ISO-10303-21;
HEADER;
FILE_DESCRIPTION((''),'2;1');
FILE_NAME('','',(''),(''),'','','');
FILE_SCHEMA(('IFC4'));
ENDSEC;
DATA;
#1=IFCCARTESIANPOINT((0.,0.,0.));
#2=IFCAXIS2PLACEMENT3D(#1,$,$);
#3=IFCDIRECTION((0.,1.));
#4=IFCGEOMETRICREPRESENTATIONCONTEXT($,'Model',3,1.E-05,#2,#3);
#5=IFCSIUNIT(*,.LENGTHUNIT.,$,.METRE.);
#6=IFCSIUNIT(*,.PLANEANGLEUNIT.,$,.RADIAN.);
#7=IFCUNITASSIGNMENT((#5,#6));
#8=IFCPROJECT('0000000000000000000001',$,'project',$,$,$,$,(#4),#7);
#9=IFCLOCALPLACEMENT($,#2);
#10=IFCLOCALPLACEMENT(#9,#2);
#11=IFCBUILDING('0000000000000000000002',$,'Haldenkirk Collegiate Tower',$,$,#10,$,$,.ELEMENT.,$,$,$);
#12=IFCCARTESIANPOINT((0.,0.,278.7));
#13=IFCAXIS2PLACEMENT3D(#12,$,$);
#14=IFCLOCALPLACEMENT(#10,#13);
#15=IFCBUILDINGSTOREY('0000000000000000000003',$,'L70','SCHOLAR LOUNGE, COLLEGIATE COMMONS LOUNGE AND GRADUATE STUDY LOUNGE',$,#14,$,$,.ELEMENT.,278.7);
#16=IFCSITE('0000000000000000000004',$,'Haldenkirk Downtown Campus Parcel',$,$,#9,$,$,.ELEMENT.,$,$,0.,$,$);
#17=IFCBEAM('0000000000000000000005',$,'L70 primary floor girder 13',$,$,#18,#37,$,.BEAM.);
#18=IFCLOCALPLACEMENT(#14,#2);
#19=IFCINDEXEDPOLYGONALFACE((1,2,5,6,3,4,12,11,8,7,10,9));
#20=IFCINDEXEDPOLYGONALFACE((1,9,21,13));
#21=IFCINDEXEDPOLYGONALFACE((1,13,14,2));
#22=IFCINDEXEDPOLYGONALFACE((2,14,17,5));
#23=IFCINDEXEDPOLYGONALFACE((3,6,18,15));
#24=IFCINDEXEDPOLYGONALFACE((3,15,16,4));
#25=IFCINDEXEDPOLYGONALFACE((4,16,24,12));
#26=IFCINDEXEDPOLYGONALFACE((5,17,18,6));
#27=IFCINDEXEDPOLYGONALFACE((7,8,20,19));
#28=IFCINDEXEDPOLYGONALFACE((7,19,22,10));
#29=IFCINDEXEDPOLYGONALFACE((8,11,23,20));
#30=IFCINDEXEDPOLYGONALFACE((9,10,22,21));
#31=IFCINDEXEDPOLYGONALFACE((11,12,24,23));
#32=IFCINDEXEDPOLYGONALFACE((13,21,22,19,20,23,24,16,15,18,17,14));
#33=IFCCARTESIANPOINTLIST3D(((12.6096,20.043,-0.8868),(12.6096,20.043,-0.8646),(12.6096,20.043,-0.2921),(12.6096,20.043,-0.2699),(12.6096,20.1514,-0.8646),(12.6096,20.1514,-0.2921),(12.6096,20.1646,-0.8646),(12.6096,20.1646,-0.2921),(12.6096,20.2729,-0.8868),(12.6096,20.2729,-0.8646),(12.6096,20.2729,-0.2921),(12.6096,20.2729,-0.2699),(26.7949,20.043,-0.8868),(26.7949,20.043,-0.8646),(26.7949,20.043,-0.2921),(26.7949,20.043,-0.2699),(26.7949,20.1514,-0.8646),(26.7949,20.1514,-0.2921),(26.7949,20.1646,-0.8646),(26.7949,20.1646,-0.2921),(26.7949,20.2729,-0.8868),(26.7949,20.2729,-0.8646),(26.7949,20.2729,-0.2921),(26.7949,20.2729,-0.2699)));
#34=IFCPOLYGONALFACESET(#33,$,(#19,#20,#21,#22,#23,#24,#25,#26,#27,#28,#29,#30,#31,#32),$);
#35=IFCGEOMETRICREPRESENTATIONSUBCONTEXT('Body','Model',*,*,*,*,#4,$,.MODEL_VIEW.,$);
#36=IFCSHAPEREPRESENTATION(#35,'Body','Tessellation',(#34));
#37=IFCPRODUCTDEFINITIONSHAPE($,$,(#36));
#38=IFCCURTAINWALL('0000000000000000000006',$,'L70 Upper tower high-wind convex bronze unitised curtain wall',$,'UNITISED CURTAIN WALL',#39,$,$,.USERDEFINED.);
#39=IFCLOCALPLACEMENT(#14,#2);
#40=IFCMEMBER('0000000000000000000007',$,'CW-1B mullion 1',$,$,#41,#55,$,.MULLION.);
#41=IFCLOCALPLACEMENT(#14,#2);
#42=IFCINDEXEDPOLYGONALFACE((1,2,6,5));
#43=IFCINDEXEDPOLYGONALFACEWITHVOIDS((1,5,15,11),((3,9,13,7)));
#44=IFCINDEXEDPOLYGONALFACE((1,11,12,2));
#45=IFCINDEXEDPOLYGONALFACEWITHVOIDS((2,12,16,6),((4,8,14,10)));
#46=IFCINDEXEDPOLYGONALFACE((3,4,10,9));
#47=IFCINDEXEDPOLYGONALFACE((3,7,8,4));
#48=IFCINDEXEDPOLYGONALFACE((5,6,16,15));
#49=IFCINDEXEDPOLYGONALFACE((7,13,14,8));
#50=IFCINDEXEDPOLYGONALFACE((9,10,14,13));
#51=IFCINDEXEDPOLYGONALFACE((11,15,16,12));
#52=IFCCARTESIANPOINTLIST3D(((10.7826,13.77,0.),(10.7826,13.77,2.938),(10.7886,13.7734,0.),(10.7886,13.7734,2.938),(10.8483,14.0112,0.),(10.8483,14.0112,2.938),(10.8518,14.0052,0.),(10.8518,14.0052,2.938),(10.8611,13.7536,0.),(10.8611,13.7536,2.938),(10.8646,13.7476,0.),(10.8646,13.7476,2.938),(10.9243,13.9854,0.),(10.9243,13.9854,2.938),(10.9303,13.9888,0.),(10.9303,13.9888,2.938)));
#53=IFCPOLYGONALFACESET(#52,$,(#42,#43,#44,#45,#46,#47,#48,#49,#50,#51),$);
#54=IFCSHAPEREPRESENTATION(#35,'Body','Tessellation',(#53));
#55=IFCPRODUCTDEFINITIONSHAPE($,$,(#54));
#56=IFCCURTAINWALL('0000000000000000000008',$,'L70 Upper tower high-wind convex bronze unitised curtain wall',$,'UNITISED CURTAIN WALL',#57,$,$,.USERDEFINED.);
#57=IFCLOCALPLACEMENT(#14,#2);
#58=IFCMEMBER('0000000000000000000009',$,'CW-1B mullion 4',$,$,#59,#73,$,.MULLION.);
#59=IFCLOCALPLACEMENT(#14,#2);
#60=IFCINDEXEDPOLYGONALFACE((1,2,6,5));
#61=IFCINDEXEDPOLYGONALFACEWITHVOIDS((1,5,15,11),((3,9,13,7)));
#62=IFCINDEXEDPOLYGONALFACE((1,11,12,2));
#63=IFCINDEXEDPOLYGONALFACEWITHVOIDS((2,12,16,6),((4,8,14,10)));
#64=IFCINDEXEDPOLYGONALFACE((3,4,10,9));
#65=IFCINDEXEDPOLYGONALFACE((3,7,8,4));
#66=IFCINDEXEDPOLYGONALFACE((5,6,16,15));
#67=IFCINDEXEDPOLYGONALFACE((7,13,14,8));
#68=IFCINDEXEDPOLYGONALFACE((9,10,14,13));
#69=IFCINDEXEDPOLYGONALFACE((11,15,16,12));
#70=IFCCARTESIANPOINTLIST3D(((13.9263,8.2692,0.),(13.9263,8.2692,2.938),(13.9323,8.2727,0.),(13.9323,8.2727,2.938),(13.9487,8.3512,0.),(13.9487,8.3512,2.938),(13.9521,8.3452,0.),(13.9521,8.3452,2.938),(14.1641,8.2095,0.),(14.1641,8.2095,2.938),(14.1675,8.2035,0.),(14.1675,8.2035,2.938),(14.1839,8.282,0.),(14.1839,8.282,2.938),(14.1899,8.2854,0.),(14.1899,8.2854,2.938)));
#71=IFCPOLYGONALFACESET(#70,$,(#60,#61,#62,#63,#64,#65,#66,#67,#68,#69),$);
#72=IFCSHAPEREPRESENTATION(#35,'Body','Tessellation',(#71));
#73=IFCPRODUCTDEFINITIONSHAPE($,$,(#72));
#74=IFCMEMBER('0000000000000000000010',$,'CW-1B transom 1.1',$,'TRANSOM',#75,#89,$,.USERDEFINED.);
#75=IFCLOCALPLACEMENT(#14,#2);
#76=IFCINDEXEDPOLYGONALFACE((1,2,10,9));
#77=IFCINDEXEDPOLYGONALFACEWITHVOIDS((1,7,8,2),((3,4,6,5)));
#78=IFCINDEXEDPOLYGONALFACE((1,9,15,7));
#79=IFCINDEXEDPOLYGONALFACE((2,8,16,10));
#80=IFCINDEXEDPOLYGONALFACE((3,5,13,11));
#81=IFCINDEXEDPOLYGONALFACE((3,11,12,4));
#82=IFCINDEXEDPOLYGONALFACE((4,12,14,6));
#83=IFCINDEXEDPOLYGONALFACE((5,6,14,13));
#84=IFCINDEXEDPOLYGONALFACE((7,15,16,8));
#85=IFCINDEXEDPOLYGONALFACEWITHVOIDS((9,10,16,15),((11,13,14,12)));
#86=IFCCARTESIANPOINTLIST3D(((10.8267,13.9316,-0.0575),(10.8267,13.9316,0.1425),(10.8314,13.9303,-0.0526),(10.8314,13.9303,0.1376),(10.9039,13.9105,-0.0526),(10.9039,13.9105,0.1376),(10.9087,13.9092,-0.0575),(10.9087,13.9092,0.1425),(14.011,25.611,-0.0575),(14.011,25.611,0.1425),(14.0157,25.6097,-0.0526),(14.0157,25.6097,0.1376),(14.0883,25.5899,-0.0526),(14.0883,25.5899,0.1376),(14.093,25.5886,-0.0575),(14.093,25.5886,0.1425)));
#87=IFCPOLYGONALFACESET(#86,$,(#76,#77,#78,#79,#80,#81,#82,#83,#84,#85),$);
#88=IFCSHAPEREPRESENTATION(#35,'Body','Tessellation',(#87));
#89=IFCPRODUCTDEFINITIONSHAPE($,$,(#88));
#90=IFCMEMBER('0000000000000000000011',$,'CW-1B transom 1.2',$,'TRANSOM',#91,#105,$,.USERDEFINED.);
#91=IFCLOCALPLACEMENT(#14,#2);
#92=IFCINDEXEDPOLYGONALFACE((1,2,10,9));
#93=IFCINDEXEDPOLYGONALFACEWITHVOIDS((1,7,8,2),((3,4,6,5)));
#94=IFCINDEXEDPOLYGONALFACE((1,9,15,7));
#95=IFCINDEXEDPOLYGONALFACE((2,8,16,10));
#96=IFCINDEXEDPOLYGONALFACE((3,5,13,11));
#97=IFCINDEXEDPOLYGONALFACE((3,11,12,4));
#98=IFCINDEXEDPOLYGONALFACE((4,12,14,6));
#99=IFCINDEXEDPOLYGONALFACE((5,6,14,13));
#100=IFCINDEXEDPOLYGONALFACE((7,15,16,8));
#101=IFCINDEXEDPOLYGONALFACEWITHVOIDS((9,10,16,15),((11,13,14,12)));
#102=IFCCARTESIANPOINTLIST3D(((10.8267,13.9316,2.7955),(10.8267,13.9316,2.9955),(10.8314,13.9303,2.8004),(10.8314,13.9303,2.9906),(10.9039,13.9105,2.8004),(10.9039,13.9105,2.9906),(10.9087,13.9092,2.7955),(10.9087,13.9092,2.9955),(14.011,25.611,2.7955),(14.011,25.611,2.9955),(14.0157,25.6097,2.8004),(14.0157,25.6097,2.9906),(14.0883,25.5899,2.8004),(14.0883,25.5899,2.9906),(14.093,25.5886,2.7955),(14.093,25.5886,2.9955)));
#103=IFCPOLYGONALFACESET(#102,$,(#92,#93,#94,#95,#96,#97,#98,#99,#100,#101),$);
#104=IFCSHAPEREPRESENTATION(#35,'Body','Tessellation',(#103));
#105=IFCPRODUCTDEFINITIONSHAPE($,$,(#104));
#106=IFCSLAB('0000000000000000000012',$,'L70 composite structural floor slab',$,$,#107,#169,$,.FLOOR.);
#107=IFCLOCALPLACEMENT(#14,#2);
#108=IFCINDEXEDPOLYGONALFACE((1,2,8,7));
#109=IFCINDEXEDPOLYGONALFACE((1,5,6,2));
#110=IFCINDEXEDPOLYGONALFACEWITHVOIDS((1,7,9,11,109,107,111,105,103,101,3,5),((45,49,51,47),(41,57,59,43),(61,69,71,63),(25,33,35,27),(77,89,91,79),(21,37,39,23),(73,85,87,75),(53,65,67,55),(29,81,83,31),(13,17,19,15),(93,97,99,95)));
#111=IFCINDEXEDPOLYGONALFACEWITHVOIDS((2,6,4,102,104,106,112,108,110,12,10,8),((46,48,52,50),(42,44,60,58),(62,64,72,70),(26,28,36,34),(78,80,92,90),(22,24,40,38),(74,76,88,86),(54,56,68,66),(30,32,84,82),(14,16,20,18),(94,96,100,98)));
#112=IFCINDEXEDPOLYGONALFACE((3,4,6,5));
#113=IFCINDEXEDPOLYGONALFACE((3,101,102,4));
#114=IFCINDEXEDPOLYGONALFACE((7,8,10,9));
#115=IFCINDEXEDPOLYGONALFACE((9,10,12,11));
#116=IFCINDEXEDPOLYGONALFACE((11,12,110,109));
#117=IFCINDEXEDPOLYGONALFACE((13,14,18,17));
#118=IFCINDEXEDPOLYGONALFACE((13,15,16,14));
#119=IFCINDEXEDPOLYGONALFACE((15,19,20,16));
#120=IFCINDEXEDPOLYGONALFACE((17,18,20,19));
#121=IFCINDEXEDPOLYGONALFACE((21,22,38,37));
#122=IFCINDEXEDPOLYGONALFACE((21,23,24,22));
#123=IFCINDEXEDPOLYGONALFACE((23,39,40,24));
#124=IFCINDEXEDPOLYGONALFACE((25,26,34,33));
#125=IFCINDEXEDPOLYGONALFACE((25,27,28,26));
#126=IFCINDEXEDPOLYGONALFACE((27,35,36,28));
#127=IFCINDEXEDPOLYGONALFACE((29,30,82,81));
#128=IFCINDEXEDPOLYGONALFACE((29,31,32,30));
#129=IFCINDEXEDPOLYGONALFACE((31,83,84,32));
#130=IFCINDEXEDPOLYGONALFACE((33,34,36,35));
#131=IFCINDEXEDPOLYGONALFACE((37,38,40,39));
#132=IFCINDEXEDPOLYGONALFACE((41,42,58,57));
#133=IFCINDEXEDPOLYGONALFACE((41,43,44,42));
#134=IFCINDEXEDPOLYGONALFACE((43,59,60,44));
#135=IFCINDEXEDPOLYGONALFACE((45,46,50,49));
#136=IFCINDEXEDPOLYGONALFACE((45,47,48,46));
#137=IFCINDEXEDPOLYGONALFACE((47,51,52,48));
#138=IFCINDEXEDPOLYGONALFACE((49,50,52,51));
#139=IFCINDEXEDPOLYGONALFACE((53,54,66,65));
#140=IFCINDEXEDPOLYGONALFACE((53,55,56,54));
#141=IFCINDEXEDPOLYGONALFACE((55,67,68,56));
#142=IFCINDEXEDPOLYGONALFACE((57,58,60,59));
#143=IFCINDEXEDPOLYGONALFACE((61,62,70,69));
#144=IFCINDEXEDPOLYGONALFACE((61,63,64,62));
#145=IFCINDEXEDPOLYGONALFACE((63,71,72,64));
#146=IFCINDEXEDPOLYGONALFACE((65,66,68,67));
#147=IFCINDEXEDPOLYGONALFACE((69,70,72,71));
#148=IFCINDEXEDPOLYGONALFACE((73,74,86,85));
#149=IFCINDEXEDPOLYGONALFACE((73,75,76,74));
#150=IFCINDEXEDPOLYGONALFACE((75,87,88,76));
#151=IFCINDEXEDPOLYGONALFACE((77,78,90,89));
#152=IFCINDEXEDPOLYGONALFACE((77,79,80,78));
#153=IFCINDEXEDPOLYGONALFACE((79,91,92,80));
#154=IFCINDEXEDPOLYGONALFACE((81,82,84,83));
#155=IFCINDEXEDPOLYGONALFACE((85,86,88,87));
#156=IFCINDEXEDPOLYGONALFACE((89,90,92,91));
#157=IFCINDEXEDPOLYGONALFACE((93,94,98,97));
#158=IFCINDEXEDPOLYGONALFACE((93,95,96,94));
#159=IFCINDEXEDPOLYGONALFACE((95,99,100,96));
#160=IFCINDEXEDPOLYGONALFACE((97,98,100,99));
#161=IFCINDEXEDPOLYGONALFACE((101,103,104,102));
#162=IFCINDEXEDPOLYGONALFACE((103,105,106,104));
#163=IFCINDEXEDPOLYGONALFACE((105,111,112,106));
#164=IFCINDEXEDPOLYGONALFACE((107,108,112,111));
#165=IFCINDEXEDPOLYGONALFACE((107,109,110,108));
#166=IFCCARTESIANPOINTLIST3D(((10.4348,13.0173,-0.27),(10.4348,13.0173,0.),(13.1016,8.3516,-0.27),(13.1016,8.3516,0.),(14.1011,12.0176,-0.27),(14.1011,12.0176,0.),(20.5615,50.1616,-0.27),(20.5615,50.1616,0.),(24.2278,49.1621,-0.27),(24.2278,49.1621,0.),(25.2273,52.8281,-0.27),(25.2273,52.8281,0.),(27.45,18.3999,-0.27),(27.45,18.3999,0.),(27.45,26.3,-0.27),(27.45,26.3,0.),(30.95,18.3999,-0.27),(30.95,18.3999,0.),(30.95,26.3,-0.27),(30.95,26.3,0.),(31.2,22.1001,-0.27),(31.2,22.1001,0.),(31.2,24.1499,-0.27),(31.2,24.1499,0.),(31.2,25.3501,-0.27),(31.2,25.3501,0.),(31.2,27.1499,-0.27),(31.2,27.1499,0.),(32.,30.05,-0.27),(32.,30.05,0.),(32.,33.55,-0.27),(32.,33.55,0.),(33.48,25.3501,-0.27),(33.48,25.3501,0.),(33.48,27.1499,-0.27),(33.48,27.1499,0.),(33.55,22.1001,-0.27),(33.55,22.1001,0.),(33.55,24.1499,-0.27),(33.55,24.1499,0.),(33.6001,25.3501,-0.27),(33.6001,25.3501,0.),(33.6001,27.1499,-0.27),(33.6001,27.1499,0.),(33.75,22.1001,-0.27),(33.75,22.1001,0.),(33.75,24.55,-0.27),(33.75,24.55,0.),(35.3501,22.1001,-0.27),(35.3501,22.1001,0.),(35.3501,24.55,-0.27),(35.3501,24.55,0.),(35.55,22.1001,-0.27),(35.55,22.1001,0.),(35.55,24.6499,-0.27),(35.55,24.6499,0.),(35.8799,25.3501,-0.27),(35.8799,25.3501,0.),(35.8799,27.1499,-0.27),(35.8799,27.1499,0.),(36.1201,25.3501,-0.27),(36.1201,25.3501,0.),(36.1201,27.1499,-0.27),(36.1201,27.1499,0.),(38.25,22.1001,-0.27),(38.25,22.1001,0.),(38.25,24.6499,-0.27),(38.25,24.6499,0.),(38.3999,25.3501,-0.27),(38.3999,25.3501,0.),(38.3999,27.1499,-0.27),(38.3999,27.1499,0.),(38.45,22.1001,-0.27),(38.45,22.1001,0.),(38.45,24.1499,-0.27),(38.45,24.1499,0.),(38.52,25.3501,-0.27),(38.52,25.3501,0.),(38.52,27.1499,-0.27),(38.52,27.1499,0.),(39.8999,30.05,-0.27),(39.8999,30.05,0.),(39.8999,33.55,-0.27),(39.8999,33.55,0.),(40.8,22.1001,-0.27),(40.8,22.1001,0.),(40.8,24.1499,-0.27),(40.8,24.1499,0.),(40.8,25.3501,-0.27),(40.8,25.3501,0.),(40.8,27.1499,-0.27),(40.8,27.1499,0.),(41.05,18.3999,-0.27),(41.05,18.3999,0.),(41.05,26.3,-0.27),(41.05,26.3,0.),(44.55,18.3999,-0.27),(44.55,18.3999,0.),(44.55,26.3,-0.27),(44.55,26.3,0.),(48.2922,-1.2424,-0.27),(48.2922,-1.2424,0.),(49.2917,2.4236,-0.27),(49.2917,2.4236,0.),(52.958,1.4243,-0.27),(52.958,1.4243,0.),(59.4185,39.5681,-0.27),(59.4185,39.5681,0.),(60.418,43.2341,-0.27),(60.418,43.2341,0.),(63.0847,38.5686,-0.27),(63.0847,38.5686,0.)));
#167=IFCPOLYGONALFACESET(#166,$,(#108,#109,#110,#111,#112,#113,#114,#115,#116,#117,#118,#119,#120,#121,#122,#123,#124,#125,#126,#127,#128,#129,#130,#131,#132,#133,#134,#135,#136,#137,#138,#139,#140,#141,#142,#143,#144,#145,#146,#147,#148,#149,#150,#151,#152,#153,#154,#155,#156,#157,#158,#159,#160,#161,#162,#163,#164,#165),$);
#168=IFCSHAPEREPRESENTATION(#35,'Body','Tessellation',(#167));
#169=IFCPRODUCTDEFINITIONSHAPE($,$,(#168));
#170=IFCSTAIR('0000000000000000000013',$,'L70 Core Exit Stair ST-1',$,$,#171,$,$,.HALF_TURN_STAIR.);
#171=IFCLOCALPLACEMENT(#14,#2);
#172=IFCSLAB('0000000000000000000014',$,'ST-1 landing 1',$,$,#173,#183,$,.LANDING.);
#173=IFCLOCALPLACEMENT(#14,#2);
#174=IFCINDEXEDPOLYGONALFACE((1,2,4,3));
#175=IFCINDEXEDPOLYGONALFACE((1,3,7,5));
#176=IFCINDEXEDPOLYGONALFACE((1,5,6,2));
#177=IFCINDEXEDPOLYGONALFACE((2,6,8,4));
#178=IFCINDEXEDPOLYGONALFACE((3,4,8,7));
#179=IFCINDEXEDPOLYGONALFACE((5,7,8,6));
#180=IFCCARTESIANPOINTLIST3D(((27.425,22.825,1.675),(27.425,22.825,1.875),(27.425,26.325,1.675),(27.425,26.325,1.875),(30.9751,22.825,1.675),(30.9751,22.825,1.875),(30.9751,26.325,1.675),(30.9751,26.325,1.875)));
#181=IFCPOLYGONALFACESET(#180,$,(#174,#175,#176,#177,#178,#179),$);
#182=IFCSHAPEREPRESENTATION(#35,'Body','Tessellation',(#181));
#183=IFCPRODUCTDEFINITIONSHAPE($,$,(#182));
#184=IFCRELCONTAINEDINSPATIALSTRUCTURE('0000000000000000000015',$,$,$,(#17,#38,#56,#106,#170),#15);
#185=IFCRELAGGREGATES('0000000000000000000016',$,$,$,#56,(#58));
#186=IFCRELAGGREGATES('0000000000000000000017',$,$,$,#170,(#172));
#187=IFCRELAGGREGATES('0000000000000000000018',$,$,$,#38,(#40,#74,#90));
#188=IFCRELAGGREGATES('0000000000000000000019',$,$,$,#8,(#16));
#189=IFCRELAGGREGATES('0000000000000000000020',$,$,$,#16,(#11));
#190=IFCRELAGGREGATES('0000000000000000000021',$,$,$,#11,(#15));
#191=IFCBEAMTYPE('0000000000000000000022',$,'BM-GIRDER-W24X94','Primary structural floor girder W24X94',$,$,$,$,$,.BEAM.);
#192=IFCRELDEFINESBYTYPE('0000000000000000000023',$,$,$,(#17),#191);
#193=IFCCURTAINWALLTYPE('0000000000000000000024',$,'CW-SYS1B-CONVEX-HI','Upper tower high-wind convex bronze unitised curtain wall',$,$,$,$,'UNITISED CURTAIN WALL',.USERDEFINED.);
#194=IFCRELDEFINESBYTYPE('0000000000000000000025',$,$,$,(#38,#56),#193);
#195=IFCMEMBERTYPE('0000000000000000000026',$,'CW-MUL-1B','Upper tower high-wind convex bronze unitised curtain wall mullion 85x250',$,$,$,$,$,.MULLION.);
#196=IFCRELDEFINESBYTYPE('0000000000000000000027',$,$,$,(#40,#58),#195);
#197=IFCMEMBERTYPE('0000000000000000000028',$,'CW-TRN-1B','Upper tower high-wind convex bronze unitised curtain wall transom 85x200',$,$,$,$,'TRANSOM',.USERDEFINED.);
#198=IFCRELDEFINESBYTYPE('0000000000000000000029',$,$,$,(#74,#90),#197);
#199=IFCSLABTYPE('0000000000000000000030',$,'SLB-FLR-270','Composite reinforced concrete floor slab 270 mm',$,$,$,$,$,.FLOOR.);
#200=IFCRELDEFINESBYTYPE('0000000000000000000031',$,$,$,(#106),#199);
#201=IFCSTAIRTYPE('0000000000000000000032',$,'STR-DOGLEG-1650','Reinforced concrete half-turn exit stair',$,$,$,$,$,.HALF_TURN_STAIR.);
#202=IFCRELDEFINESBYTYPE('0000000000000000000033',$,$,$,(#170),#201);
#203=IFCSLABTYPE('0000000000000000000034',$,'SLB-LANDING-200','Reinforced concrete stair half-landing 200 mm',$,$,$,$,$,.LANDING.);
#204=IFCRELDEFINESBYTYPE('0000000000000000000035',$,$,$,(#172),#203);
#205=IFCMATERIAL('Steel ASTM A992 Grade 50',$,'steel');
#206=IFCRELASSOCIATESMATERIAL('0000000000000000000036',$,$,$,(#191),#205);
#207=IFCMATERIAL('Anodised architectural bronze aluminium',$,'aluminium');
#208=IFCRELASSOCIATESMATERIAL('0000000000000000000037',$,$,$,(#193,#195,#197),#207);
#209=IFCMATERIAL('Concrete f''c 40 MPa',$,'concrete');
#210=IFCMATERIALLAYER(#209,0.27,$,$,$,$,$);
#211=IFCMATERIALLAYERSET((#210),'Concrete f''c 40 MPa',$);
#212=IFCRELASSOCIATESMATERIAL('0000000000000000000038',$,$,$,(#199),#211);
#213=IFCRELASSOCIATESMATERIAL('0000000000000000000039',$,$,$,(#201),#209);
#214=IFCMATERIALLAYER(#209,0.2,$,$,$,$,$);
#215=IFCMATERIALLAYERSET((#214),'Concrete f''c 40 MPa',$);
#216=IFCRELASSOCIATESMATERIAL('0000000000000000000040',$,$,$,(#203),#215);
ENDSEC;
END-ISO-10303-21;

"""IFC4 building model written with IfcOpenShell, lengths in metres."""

from ifc_helpers import new_model, si_unit, direction, frame, origin, origin_2d, place, context, subcontext, project, spatial, polyline, hollow_rectangle, i_section, outline, extrude, material, layer, layer_set, material_profile, profile_set, type_object, element, aggregate, save


model = new_model("IFC4")

# Units and contexts
model_context = context("Model", 3, precision=1e-05, world=origin(), true_north=direction((0.0, 1.0)))
body_context = subcontext(model_context, "Body", "Model", "MODEL_VIEW")
ifc_project = project(units=[si_unit("LENGTHUNIT", "METRE"), si_unit("PLANEANGLEUNIT", "RADIAN")], contexts=[model_context])

# Site, building, storey
site_placement = place(None, origin())
site = spatial("IfcSite", under=ifc_project, at=site_placement, Name="Haldenkirk Downtown Campus Parcel", CompositionType="ELEMENT", RefElevation=0.0)
building_placement = place(site_placement, origin())
building = spatial("IfcBuilding", under=site, at=building_placement, Name="Haldenkirk Collegiate Tower", CompositionType="ELEMENT")
storey_placement = place(building_placement, frame((0.0, 0.0, 278.7)))
storey = spatial("IfcBuildingStorey", under=building, at=storey_placement, Name="L70", Description="SCHOLAR LOUNGE, COLLEGIATE COMMONS LOUNGE AND GRADUATE STUDY LOUNGE", CompositionType="ELEMENT", Elevation=278.7)

# Beam
ifc_material_1 = material(Name="Steel ASTM A992 Grade 50", Category="steel")
ifc_material_profile_1 = material_profile(ifc_material_1, i_section(OverallWidth=0.23, OverallDepth=0.6169, WebThickness=0.0132, FlangeThickness=0.0222, at=origin_2d()), Name="W24X94")
ifc_profile_set_1 = profile_set([ifc_material_profile_1], Name="Steel ASTM A992 Grade 50")
beam_type = type_object("IfcBeamType", Name="BM-GIRDER-W24X94", Description="Primary structural floor girder W24X94", PredefinedType="BEAM", material=ifc_profile_set_1)
beam_placement = place(storey_placement, frame((12.6096, 20.158, -0.5784), z_axis=(1.0, 0.0, 0.0), x_axis=(0.0, 1.0, 0.0)))
element("IfcBeam", 1, at=beam_placement, inside=storey, type_object=beam_type, Name="L70 primary floor girder 13", PredefinedType="BEAM", context=body_context, shape_type="SweptSolid", body=[
    extrude(i_section(OverallWidth=0.23, OverallDepth=0.6169, WebThickness=0.0132, FlangeThickness=0.0222, at=origin_2d()), origin(), (0.0, 0.0, 1.0), 14.1853),
])

# Curtain walls, members
ifc_material_2 = material(Name="Anodised architectural bronze aluminium", Category="aluminium")
curtain_wall_type = type_object("IfcCurtainWallType", Name="CW-SYS1B-CONVEX-HI", Description="Upper tower high-wind convex bronze unitised curtain wall", ElementType="UNITISED CURTAIN WALL", PredefinedType="USERDEFINED", material=ifc_material_2)
curtain_wall_1_placement = place(storey_placement, origin())
curtain_wall_1 = element("IfcCurtainWall", 2, at=curtain_wall_1_placement, inside=storey, type_object=curtain_wall_type, Name="L70 Upper tower high-wind convex bronze unitised curtain wall", ObjectType="UNITISED CURTAIN WALL", PredefinedType="USERDEFINED")
ifc_material_profile_2 = material_profile(ifc_material_2, hollow_rectangle(XDim=0.085, YDim=0.25, WallThickness=0.0049, at=origin_2d()), Name="CW-MUL-1B")
ifc_profile_set_2 = profile_set([ifc_material_profile_2], Name="Anodised architectural bronze aluminium")
member_type_1 = type_object("IfcMemberType", Name="CW-MUL-1B", Description="Upper tower high-wind convex bronze unitised curtain wall mullion 85x250", PredefinedType="MULLION", material=ifc_profile_set_2)
member_1_placement = place(storey_placement, frame((10.8564, 13.8794, 0.0), z_axis=(0.0, 0.0, 1.0), x_axis=(-0.964787, 0.263033, 0.0)))
member_1 = element("IfcMember", 3, at=member_1_placement, type_object=member_type_1, Name="CW-1B mullion 1", PredefinedType="MULLION", context=body_context, shape_type="SweptSolid", body=[
    extrude(hollow_rectangle(XDim=0.085, YDim=0.25, WallThickness=0.0049, at=origin_2d()), origin(), (0.0, 0.0, 1.0), 2.938),
])
curtain_wall_2_placement = place(storey_placement, origin())
curtain_wall_2 = element("IfcCurtainWall", 4, at=curtain_wall_2_placement, inside=storey, type_object=curtain_wall_type, Name="L70 Upper tower high-wind convex bronze unitised curtain wall", ObjectType="UNITISED CURTAIN WALL", PredefinedType="USERDEFINED")
member_2_placement = place(storey_placement, frame((14.0581, 8.2773, 0.0), z_axis=(0.0, 0.0, 1.0), x_axis=(-0.263031, -0.964787, 0.0)))
member_2 = element("IfcMember", 5, at=member_2_placement, type_object=member_type_1, Name="CW-1B mullion 4", PredefinedType="MULLION", context=body_context, shape_type="SweptSolid", body=[
    extrude(hollow_rectangle(XDim=0.085, YDim=0.25, WallThickness=0.0049, at=origin_2d()), origin(), (0.0, 0.0, 1.0), 2.938),
])
aggregate(curtain_wall_2, [member_2])

# Members
ifc_material_profile_3 = material_profile(ifc_material_2, hollow_rectangle(XDim=0.085, YDim=0.2, WallThickness=0.0049, at=origin_2d()), Name="CW-TRN-1B")
ifc_profile_set_3 = profile_set([ifc_material_profile_3], Name="Anodised architectural bronze aluminium")
member_type_2 = type_object("IfcMemberType", Name="CW-TRN-1B", Description="Upper tower high-wind convex bronze unitised curtain wall transom 85x200", ElementType="TRANSOM", PredefinedType="USERDEFINED", material=ifc_profile_set_3)
member_3_placement = place(storey_placement, frame((10.8677, 13.9204, 0.0425), z_axis=(0.263042, 0.964784, 0.0), x_axis=(-0.964784, 0.263042, 0.0)))
member_3 = element("IfcMember", 6, at=member_3_placement, type_object=member_type_2, Name="CW-1B transom 1.1", ObjectType="TRANSOM", PredefinedType="USERDEFINED", context=body_context, shape_type="SweptSolid", body=[
    extrude(hollow_rectangle(XDim=0.085, YDim=0.2, WallThickness=0.0049, at=origin_2d()), origin(), (0.0, 0.0, 1.0), 12.1057),
])
member_4_placement = place(storey_placement, frame((10.8677, 13.9204, 2.8955), z_axis=(0.263042, 0.964784, 0.0), x_axis=(-0.964784, 0.263042, 0.0)))
member_4 = element("IfcMember", 7, at=member_4_placement, type_object=member_type_2, Name="CW-1B transom 1.2", ObjectType="TRANSOM", PredefinedType="USERDEFINED", context=body_context, shape_type="SweptSolid", body=[
    extrude(hollow_rectangle(XDim=0.085, YDim=0.2, WallThickness=0.0049, at=origin_2d()), origin(), (0.0, 0.0, 1.0), 12.1057),
])

# Slab
ifc_material_3 = material(Name="Concrete f'c 40 MPa", Category="concrete")
ifc_layer_1 = layer(ifc_material_3, 0.27)
ifc_layer_set_1 = layer_set([ifc_layer_1], Name="Concrete f'c 40 MPa")
slab_type_1 = type_object("IfcSlabType", Name="SLB-FLR-270", Description="Composite reinforced concrete floor slab 270 mm", PredefinedType="FLOOR", material=ifc_layer_set_1)
slab_1_placement = place(storey_placement, frame((0.0, 0.0, -0.27)))
element("IfcSlab", 8, at=slab_1_placement, inside=storey, type_object=slab_type_1, Name="L70 composite structural floor slab", PredefinedType="FLOOR", context=body_context, shape_type="SweptSolid", body=[
    extrude(outline(polyline([(52.958, 1.4243), (63.0847, 38.5686), (59.4185, 39.5681), (60.418, 43.2341), (25.2273, 52.8281), (24.2278, 49.1621), (20.5615, 50.1616), (10.4348, 13.0173), (14.1011, 12.0176), (13.1016, 8.3516), (48.2922, -1.2424), (49.2917, 2.4236), (52.958, 1.4243)]), holes=[polyline([(27.45, 18.3999), (30.95, 18.3999), (30.95, 26.3), (27.45, 26.3), (27.45, 18.3999)]), polyline([(41.05, 18.3999), (44.55, 18.3999), (44.55, 26.3), (41.05, 26.3), (41.05, 18.3999)]), polyline([(32.0, 30.05), (39.8999, 30.05), (39.8999, 33.55), (32.0, 33.55), (32.0, 30.05)]), polyline([(33.75, 22.1001), (35.3501, 22.1001), (35.3501, 24.55), (33.75, 24.55), (33.75, 22.1001)]), polyline([(31.2, 25.3501), (33.48, 25.3501), (33.48, 27.1499), (31.2, 27.1499), (31.2, 25.3501)]), polyline([(33.6001, 25.3501), (35.8799, 25.3501), (35.8799, 27.1499), (33.6001, 27.1499), (33.6001, 25.3501)]), polyline([(36.1201, 25.3501), (38.3999, 25.3501), (38.3999, 27.1499), (36.1201, 27.1499), (36.1201, 25.3501)]), polyline([(38.52, 25.3501), (40.8, 25.3501), (40.8, 27.1499), (38.52, 27.1499), (38.52, 25.3501)]), polyline([(31.2, 22.1001), (33.55, 22.1001), (33.55, 24.1499), (31.2, 24.1499), (31.2, 22.1001)]), polyline([(38.45, 22.1001), (40.8, 22.1001), (40.8, 24.1499), (38.45, 24.1499), (38.45, 22.1001)]), polyline([(35.55, 22.1001), (38.25, 22.1001), (38.25, 24.6499), (35.55, 24.6499), (35.55, 22.1001)])]), origin(), (0.0, 0.0, 1.0), 0.27),
])

# Stair, slab
stair_type = type_object("IfcStairType", Name="STR-DOGLEG-1650", Description="Reinforced concrete half-turn exit stair", PredefinedType="HALF_TURN_STAIR", material=ifc_material_3)
stair_1_placement = place(storey_placement, origin())
stair_1 = element("IfcStair", 9, at=stair_1_placement, inside=storey, type_object=stair_type, Name="L70 Core Exit Stair ST-1", PredefinedType="HALF_TURN_STAIR")
ifc_layer_2 = layer(ifc_material_3, 0.2)
ifc_layer_set_2 = layer_set([ifc_layer_2], Name="Concrete f'c 40 MPa")
slab_type_2 = type_object("IfcSlabType", Name="SLB-LANDING-200", Description="Reinforced concrete stair half-landing 200 mm", PredefinedType="LANDING", material=ifc_layer_set_2)
slab_2_placement = place(storey_placement, frame((0.0, 0.0, 1.675)))
slab_2 = element("IfcSlab", 10, at=slab_2_placement, type_object=slab_type_2, Name="ST-1 landing 1", PredefinedType="LANDING", context=body_context, shape_type="SweptSolid", body=[
    extrude(outline(polyline([(30.9751, 22.825), (27.425, 22.825), (27.425, 26.325), (30.9751, 26.325), (30.9751, 22.825)])), origin(), (0.0, 0.0, 1.0), 0.2),
])
aggregate(stair_1, [slab_2])

aggregate(curtain_wall_1, [member_1, member_3, member_4])

save(model, "model.ifc")
